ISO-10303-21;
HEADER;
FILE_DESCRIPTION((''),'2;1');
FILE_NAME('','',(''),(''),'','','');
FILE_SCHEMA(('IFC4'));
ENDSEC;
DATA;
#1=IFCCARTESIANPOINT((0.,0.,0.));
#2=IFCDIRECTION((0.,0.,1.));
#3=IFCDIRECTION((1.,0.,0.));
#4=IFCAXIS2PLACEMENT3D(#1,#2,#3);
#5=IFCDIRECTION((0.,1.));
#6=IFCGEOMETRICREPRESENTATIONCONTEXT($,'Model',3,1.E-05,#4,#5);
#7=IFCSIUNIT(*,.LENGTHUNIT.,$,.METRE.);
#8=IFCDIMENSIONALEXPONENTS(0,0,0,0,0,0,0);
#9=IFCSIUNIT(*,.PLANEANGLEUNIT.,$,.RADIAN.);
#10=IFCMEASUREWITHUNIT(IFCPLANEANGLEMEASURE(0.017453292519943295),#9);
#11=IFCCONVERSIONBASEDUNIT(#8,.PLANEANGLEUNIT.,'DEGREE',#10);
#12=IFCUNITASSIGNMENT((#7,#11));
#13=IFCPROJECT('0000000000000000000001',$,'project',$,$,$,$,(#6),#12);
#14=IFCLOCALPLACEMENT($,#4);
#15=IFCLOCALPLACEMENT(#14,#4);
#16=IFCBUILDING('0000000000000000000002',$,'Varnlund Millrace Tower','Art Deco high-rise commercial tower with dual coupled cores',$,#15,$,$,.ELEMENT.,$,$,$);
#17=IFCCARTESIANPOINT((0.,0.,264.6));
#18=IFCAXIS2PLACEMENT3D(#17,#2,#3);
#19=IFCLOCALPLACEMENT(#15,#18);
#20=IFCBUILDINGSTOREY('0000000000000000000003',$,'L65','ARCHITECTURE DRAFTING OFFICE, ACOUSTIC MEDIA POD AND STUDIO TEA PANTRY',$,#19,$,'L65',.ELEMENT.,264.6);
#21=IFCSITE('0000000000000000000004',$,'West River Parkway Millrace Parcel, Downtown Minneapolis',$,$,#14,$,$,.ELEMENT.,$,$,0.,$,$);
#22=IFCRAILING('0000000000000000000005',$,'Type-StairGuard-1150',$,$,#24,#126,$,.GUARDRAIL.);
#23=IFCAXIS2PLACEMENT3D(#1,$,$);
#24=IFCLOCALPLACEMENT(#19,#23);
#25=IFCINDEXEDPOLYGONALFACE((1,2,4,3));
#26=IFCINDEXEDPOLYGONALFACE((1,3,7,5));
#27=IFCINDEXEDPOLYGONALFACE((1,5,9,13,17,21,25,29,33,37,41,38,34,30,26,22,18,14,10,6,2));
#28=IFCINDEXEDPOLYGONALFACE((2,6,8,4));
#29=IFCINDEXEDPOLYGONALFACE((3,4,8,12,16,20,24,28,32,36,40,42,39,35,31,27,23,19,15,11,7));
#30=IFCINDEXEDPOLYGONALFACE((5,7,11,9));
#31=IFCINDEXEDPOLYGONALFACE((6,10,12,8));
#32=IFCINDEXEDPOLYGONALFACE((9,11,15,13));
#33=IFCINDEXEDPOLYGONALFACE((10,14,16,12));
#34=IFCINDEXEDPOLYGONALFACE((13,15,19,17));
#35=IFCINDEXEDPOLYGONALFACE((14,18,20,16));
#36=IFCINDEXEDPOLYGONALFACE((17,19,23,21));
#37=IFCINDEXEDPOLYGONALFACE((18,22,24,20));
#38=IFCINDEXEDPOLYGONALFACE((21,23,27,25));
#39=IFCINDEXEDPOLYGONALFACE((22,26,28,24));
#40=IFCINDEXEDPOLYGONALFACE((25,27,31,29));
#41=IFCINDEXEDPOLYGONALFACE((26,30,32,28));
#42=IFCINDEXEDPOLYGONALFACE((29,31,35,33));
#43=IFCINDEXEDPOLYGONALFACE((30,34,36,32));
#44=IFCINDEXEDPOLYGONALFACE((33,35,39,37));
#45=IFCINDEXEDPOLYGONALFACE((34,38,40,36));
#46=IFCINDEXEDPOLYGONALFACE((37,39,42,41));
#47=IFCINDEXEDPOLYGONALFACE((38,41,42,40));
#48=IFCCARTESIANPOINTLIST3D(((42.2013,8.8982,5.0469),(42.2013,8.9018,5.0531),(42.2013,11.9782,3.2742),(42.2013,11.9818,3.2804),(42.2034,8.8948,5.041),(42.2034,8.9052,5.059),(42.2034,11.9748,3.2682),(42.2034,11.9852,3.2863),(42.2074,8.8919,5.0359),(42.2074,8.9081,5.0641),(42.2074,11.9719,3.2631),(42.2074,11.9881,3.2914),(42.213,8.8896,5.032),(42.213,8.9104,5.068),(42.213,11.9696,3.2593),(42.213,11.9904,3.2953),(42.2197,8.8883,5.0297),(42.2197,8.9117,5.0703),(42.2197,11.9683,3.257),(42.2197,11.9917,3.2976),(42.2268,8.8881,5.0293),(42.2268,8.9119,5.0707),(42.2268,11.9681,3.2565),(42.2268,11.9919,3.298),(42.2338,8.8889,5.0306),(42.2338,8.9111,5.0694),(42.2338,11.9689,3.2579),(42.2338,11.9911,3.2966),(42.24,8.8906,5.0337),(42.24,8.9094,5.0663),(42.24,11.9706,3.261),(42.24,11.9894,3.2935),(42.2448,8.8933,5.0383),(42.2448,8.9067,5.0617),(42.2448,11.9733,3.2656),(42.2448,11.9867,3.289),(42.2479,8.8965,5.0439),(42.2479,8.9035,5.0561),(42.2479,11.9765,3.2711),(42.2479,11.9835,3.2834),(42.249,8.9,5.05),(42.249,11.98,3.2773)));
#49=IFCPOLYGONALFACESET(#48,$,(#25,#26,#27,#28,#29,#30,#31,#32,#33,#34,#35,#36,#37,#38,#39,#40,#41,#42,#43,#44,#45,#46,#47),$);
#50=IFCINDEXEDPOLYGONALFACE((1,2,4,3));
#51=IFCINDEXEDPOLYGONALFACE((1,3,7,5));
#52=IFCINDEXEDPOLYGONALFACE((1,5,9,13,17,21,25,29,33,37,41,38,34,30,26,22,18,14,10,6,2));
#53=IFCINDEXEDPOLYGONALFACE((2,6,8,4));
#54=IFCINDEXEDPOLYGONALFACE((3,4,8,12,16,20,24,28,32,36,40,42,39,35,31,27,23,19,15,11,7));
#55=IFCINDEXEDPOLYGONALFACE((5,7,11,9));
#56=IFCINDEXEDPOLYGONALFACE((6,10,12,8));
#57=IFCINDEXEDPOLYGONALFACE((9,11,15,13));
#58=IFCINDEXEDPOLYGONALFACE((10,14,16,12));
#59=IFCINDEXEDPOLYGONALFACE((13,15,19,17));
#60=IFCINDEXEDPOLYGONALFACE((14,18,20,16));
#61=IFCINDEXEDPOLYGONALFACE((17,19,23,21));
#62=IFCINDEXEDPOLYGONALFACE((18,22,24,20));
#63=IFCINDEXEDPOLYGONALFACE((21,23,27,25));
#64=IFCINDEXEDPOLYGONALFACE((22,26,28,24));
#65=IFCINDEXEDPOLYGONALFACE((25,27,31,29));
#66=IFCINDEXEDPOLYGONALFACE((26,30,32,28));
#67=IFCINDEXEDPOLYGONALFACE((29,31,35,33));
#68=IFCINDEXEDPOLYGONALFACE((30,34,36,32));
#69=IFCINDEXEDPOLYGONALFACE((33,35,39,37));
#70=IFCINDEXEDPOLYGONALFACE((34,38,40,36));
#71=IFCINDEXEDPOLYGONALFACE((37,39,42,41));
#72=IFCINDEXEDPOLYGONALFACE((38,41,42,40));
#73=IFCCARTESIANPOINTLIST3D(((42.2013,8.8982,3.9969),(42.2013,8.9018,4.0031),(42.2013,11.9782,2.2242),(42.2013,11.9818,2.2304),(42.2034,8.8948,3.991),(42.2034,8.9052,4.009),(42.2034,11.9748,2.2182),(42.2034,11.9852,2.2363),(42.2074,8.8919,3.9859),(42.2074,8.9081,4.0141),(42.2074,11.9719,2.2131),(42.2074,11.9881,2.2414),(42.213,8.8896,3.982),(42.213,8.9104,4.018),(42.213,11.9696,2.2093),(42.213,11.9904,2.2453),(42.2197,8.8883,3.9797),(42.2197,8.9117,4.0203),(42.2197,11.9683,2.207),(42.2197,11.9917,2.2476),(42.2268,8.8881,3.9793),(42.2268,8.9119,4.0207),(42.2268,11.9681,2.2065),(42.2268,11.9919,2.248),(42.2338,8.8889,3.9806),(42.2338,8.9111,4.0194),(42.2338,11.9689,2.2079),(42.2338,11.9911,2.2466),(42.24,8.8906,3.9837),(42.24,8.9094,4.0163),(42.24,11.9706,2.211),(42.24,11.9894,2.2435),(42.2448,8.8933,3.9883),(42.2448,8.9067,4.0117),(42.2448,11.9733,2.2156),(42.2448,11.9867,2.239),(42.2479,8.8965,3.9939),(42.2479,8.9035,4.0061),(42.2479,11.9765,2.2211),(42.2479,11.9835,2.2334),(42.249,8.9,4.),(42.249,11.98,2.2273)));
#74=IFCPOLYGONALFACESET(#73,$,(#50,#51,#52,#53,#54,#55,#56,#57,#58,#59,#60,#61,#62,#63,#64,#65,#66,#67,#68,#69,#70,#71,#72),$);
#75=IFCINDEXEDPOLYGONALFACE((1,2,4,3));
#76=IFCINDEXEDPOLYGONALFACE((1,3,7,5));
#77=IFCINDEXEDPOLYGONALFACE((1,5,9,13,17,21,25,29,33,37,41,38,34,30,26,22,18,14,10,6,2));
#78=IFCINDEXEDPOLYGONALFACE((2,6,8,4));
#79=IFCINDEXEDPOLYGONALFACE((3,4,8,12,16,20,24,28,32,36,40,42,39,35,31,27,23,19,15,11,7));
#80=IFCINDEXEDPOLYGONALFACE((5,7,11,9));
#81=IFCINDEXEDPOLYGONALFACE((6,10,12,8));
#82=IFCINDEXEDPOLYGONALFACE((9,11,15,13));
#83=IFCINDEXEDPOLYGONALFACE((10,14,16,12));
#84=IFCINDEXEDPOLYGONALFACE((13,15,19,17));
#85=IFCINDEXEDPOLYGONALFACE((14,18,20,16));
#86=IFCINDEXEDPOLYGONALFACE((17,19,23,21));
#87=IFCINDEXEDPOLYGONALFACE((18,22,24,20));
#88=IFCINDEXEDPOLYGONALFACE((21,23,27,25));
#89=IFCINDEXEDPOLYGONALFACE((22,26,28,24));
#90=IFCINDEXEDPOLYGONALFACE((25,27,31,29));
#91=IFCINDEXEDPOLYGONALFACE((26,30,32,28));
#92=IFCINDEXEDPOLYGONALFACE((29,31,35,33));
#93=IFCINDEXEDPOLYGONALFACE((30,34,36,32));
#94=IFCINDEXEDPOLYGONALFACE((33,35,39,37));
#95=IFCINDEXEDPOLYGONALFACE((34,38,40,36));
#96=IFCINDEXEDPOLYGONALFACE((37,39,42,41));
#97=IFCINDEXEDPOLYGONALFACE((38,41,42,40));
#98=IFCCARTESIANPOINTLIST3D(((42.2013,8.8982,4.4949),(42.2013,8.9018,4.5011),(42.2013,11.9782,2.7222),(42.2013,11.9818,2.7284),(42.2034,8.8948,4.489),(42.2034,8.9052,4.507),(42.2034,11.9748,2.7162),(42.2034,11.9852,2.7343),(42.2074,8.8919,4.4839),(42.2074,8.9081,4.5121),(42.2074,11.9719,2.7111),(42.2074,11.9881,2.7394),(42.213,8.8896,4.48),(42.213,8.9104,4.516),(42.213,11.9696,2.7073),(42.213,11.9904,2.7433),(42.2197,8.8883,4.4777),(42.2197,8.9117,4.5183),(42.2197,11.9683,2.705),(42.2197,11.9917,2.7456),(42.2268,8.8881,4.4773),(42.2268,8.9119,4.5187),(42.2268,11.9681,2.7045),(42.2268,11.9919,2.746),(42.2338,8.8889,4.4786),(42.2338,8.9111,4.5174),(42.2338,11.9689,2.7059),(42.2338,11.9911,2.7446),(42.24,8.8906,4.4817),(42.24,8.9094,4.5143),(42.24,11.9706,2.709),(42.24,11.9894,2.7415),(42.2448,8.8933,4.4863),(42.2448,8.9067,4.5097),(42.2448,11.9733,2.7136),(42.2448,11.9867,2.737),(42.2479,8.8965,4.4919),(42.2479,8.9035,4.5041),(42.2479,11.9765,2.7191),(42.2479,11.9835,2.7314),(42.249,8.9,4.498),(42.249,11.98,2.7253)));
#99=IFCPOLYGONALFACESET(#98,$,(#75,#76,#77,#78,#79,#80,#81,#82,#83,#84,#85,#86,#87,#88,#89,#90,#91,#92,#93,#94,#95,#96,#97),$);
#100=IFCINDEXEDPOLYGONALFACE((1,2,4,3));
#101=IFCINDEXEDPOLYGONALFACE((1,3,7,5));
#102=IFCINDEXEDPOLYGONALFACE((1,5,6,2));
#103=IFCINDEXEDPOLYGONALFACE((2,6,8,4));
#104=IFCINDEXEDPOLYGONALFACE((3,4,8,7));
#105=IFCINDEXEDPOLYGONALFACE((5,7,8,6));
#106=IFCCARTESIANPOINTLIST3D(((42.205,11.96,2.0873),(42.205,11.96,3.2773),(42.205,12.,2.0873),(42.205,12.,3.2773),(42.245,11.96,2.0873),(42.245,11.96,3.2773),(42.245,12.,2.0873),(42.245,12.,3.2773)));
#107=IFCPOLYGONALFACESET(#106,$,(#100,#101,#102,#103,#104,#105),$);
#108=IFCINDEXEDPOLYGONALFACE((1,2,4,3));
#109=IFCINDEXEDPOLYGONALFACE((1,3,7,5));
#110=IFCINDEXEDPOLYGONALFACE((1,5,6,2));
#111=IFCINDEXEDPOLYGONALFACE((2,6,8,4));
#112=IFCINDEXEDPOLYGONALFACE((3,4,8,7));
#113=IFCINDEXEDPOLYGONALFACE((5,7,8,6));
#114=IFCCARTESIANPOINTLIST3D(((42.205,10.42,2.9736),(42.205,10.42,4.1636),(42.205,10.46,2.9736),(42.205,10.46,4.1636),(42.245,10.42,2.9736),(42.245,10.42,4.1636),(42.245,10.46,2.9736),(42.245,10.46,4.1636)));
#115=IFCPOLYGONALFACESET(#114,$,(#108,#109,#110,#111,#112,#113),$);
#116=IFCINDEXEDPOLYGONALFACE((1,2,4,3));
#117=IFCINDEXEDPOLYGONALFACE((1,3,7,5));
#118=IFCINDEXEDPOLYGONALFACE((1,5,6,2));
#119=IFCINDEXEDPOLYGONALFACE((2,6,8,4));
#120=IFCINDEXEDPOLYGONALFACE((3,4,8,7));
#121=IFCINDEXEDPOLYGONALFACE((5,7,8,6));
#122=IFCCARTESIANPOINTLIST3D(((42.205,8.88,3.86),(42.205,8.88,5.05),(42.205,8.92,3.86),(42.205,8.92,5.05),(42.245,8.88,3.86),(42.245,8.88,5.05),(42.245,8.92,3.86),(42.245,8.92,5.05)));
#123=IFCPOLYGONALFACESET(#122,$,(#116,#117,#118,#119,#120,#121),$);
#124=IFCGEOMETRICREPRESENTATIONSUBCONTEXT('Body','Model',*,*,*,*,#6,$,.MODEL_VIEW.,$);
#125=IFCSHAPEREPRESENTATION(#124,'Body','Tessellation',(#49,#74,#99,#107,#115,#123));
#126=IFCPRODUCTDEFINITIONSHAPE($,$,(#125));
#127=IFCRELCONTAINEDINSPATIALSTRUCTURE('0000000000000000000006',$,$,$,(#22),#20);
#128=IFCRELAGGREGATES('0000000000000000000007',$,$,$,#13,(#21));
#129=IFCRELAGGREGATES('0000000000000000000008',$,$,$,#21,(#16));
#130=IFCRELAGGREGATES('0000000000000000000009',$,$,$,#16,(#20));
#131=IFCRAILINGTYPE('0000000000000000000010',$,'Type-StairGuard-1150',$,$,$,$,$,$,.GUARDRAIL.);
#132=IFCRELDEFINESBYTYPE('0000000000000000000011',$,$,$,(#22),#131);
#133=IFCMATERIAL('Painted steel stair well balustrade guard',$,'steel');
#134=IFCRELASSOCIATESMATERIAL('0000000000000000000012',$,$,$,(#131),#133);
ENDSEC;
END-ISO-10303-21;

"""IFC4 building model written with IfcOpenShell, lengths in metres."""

from ifc_helpers import new_model, entity, si_unit, converted_unit, direction, frame, origin_with_axes, origin_2d_with_axis, place, context, subcontext, project, spatial, rectangle, circle, extrude, material, type_object, element, save


model = new_model("IFC4")

# Units and contexts
model_context = context("Model", 3, precision=1e-05, world=origin_with_axes(), true_north=direction((0.0, 1.0)))
body_context = subcontext(model_context, "Body", "Model", "MODEL_VIEW")
ifc_project = project(units=[si_unit("LENGTHUNIT", "METRE"), converted_unit("PLANEANGLEUNIT", "DEGREE", entity("IfcPlaneAngleMeasure", 0.017453292519943295), si_unit("PLANEANGLEUNIT", "RADIAN"), dimensions=[0, 0, 0, 0, 0, 0, 0])], contexts=[model_context])

# Site, building, storey
site_placement = place(None, origin_with_axes())
site = spatial("IfcSite", under=ifc_project, at=site_placement, Name="West River Parkway Millrace Parcel, Downtown Minneapolis", CompositionType="ELEMENT", RefElevation=0.0)
building_placement = place(site_placement, origin_with_axes())
building = spatial("IfcBuilding", under=site, at=building_placement, Name="Varnlund Millrace Tower", Description="Art Deco high-rise commercial tower with dual coupled cores", CompositionType="ELEMENT")
storey_placement = place(building_placement, frame((0.0, 0.0, 264.6), z_axis=(0.0, 0.0, 1.0), x_axis=(1.0, 0.0, 0.0)))
storey = spatial("IfcBuildingStorey", under=building, at=storey_placement, Name="L65", Description="ARCHITECTURE DRAFTING OFFICE, ACOUSTIC MEDIA POD AND STUDIO TEA PANTRY", LongName="L65", CompositionType="ELEMENT", Elevation=264.6)

# Railing
ifc_material_1 = material(Name="Painted steel stair well balustrade guard", Category="steel")
railing_type_1 = type_object("IfcRailingType", Name="Type-StairGuard-1150", PredefinedType="GUARDRAIL", material=ifc_material_1)
railing_1_placement = place(storey_placement, frame((0.0, 0.0, -264.6), z_axis=(0.0, 0.0, 1.0), x_axis=(1.0, 0.0, 0.0)))
element("IfcRailing", 1, at=railing_1_placement, inside=storey, type_object=railing_type_1, Name="Type-StairGuard-1150", PredefinedType="GUARDRAIL", context=body_context, shape_type="SweptSolid", body=[
    extrude(circle(Radius=0.024, at=origin_2d_with_axis()), frame((42.225, 11.98, 267.8773), z_axis=(0.0, -0.866696, 0.498836), x_axis=(1.0, 0.0, 0.0)), (0.0, 0.0, 1.0), 3.5537),
    extrude(circle(Radius=0.024, at=origin_2d_with_axis()), frame((42.225, 11.98, 266.8273), z_axis=(0.0, -0.866696, 0.498836), x_axis=(1.0, 0.0, 0.0)), (0.0, 0.0, 1.0), 3.5537),
    extrude(circle(Radius=0.024, at=origin_2d_with_axis()), frame((42.225, 11.98, 267.3253), z_axis=(0.0, -0.866696, 0.498836), x_axis=(1.0, 0.0, 0.0)), (0.0, 0.0, 1.0), 3.5537),
    extrude(rectangle(XDim=0.04, YDim=0.04, at=origin_2d_with_axis()), frame((42.225, 11.98, 266.6873), z_axis=(0.0, 0.0, 1.0), x_axis=(1.0, 0.0, 0.0)), (0.0, 0.0, 1.0), 1.19),
    extrude(rectangle(XDim=0.04, YDim=0.04, at=origin_2d_with_axis()), frame((42.225, 10.44, 267.5736), z_axis=(0.0, 0.0, 1.0), x_axis=(1.0, 0.0, 0.0)), (0.0, 0.0, 1.0), 1.19),
    extrude(rectangle(XDim=0.04, YDim=0.04, at=origin_2d_with_axis()), frame((42.225, 8.9, 268.46), z_axis=(0.0, 0.0, 1.0), x_axis=(1.0, 0.0, 0.0)), (0.0, 0.0, 1.0), 1.19),
])

save(model, "model.ifc")
